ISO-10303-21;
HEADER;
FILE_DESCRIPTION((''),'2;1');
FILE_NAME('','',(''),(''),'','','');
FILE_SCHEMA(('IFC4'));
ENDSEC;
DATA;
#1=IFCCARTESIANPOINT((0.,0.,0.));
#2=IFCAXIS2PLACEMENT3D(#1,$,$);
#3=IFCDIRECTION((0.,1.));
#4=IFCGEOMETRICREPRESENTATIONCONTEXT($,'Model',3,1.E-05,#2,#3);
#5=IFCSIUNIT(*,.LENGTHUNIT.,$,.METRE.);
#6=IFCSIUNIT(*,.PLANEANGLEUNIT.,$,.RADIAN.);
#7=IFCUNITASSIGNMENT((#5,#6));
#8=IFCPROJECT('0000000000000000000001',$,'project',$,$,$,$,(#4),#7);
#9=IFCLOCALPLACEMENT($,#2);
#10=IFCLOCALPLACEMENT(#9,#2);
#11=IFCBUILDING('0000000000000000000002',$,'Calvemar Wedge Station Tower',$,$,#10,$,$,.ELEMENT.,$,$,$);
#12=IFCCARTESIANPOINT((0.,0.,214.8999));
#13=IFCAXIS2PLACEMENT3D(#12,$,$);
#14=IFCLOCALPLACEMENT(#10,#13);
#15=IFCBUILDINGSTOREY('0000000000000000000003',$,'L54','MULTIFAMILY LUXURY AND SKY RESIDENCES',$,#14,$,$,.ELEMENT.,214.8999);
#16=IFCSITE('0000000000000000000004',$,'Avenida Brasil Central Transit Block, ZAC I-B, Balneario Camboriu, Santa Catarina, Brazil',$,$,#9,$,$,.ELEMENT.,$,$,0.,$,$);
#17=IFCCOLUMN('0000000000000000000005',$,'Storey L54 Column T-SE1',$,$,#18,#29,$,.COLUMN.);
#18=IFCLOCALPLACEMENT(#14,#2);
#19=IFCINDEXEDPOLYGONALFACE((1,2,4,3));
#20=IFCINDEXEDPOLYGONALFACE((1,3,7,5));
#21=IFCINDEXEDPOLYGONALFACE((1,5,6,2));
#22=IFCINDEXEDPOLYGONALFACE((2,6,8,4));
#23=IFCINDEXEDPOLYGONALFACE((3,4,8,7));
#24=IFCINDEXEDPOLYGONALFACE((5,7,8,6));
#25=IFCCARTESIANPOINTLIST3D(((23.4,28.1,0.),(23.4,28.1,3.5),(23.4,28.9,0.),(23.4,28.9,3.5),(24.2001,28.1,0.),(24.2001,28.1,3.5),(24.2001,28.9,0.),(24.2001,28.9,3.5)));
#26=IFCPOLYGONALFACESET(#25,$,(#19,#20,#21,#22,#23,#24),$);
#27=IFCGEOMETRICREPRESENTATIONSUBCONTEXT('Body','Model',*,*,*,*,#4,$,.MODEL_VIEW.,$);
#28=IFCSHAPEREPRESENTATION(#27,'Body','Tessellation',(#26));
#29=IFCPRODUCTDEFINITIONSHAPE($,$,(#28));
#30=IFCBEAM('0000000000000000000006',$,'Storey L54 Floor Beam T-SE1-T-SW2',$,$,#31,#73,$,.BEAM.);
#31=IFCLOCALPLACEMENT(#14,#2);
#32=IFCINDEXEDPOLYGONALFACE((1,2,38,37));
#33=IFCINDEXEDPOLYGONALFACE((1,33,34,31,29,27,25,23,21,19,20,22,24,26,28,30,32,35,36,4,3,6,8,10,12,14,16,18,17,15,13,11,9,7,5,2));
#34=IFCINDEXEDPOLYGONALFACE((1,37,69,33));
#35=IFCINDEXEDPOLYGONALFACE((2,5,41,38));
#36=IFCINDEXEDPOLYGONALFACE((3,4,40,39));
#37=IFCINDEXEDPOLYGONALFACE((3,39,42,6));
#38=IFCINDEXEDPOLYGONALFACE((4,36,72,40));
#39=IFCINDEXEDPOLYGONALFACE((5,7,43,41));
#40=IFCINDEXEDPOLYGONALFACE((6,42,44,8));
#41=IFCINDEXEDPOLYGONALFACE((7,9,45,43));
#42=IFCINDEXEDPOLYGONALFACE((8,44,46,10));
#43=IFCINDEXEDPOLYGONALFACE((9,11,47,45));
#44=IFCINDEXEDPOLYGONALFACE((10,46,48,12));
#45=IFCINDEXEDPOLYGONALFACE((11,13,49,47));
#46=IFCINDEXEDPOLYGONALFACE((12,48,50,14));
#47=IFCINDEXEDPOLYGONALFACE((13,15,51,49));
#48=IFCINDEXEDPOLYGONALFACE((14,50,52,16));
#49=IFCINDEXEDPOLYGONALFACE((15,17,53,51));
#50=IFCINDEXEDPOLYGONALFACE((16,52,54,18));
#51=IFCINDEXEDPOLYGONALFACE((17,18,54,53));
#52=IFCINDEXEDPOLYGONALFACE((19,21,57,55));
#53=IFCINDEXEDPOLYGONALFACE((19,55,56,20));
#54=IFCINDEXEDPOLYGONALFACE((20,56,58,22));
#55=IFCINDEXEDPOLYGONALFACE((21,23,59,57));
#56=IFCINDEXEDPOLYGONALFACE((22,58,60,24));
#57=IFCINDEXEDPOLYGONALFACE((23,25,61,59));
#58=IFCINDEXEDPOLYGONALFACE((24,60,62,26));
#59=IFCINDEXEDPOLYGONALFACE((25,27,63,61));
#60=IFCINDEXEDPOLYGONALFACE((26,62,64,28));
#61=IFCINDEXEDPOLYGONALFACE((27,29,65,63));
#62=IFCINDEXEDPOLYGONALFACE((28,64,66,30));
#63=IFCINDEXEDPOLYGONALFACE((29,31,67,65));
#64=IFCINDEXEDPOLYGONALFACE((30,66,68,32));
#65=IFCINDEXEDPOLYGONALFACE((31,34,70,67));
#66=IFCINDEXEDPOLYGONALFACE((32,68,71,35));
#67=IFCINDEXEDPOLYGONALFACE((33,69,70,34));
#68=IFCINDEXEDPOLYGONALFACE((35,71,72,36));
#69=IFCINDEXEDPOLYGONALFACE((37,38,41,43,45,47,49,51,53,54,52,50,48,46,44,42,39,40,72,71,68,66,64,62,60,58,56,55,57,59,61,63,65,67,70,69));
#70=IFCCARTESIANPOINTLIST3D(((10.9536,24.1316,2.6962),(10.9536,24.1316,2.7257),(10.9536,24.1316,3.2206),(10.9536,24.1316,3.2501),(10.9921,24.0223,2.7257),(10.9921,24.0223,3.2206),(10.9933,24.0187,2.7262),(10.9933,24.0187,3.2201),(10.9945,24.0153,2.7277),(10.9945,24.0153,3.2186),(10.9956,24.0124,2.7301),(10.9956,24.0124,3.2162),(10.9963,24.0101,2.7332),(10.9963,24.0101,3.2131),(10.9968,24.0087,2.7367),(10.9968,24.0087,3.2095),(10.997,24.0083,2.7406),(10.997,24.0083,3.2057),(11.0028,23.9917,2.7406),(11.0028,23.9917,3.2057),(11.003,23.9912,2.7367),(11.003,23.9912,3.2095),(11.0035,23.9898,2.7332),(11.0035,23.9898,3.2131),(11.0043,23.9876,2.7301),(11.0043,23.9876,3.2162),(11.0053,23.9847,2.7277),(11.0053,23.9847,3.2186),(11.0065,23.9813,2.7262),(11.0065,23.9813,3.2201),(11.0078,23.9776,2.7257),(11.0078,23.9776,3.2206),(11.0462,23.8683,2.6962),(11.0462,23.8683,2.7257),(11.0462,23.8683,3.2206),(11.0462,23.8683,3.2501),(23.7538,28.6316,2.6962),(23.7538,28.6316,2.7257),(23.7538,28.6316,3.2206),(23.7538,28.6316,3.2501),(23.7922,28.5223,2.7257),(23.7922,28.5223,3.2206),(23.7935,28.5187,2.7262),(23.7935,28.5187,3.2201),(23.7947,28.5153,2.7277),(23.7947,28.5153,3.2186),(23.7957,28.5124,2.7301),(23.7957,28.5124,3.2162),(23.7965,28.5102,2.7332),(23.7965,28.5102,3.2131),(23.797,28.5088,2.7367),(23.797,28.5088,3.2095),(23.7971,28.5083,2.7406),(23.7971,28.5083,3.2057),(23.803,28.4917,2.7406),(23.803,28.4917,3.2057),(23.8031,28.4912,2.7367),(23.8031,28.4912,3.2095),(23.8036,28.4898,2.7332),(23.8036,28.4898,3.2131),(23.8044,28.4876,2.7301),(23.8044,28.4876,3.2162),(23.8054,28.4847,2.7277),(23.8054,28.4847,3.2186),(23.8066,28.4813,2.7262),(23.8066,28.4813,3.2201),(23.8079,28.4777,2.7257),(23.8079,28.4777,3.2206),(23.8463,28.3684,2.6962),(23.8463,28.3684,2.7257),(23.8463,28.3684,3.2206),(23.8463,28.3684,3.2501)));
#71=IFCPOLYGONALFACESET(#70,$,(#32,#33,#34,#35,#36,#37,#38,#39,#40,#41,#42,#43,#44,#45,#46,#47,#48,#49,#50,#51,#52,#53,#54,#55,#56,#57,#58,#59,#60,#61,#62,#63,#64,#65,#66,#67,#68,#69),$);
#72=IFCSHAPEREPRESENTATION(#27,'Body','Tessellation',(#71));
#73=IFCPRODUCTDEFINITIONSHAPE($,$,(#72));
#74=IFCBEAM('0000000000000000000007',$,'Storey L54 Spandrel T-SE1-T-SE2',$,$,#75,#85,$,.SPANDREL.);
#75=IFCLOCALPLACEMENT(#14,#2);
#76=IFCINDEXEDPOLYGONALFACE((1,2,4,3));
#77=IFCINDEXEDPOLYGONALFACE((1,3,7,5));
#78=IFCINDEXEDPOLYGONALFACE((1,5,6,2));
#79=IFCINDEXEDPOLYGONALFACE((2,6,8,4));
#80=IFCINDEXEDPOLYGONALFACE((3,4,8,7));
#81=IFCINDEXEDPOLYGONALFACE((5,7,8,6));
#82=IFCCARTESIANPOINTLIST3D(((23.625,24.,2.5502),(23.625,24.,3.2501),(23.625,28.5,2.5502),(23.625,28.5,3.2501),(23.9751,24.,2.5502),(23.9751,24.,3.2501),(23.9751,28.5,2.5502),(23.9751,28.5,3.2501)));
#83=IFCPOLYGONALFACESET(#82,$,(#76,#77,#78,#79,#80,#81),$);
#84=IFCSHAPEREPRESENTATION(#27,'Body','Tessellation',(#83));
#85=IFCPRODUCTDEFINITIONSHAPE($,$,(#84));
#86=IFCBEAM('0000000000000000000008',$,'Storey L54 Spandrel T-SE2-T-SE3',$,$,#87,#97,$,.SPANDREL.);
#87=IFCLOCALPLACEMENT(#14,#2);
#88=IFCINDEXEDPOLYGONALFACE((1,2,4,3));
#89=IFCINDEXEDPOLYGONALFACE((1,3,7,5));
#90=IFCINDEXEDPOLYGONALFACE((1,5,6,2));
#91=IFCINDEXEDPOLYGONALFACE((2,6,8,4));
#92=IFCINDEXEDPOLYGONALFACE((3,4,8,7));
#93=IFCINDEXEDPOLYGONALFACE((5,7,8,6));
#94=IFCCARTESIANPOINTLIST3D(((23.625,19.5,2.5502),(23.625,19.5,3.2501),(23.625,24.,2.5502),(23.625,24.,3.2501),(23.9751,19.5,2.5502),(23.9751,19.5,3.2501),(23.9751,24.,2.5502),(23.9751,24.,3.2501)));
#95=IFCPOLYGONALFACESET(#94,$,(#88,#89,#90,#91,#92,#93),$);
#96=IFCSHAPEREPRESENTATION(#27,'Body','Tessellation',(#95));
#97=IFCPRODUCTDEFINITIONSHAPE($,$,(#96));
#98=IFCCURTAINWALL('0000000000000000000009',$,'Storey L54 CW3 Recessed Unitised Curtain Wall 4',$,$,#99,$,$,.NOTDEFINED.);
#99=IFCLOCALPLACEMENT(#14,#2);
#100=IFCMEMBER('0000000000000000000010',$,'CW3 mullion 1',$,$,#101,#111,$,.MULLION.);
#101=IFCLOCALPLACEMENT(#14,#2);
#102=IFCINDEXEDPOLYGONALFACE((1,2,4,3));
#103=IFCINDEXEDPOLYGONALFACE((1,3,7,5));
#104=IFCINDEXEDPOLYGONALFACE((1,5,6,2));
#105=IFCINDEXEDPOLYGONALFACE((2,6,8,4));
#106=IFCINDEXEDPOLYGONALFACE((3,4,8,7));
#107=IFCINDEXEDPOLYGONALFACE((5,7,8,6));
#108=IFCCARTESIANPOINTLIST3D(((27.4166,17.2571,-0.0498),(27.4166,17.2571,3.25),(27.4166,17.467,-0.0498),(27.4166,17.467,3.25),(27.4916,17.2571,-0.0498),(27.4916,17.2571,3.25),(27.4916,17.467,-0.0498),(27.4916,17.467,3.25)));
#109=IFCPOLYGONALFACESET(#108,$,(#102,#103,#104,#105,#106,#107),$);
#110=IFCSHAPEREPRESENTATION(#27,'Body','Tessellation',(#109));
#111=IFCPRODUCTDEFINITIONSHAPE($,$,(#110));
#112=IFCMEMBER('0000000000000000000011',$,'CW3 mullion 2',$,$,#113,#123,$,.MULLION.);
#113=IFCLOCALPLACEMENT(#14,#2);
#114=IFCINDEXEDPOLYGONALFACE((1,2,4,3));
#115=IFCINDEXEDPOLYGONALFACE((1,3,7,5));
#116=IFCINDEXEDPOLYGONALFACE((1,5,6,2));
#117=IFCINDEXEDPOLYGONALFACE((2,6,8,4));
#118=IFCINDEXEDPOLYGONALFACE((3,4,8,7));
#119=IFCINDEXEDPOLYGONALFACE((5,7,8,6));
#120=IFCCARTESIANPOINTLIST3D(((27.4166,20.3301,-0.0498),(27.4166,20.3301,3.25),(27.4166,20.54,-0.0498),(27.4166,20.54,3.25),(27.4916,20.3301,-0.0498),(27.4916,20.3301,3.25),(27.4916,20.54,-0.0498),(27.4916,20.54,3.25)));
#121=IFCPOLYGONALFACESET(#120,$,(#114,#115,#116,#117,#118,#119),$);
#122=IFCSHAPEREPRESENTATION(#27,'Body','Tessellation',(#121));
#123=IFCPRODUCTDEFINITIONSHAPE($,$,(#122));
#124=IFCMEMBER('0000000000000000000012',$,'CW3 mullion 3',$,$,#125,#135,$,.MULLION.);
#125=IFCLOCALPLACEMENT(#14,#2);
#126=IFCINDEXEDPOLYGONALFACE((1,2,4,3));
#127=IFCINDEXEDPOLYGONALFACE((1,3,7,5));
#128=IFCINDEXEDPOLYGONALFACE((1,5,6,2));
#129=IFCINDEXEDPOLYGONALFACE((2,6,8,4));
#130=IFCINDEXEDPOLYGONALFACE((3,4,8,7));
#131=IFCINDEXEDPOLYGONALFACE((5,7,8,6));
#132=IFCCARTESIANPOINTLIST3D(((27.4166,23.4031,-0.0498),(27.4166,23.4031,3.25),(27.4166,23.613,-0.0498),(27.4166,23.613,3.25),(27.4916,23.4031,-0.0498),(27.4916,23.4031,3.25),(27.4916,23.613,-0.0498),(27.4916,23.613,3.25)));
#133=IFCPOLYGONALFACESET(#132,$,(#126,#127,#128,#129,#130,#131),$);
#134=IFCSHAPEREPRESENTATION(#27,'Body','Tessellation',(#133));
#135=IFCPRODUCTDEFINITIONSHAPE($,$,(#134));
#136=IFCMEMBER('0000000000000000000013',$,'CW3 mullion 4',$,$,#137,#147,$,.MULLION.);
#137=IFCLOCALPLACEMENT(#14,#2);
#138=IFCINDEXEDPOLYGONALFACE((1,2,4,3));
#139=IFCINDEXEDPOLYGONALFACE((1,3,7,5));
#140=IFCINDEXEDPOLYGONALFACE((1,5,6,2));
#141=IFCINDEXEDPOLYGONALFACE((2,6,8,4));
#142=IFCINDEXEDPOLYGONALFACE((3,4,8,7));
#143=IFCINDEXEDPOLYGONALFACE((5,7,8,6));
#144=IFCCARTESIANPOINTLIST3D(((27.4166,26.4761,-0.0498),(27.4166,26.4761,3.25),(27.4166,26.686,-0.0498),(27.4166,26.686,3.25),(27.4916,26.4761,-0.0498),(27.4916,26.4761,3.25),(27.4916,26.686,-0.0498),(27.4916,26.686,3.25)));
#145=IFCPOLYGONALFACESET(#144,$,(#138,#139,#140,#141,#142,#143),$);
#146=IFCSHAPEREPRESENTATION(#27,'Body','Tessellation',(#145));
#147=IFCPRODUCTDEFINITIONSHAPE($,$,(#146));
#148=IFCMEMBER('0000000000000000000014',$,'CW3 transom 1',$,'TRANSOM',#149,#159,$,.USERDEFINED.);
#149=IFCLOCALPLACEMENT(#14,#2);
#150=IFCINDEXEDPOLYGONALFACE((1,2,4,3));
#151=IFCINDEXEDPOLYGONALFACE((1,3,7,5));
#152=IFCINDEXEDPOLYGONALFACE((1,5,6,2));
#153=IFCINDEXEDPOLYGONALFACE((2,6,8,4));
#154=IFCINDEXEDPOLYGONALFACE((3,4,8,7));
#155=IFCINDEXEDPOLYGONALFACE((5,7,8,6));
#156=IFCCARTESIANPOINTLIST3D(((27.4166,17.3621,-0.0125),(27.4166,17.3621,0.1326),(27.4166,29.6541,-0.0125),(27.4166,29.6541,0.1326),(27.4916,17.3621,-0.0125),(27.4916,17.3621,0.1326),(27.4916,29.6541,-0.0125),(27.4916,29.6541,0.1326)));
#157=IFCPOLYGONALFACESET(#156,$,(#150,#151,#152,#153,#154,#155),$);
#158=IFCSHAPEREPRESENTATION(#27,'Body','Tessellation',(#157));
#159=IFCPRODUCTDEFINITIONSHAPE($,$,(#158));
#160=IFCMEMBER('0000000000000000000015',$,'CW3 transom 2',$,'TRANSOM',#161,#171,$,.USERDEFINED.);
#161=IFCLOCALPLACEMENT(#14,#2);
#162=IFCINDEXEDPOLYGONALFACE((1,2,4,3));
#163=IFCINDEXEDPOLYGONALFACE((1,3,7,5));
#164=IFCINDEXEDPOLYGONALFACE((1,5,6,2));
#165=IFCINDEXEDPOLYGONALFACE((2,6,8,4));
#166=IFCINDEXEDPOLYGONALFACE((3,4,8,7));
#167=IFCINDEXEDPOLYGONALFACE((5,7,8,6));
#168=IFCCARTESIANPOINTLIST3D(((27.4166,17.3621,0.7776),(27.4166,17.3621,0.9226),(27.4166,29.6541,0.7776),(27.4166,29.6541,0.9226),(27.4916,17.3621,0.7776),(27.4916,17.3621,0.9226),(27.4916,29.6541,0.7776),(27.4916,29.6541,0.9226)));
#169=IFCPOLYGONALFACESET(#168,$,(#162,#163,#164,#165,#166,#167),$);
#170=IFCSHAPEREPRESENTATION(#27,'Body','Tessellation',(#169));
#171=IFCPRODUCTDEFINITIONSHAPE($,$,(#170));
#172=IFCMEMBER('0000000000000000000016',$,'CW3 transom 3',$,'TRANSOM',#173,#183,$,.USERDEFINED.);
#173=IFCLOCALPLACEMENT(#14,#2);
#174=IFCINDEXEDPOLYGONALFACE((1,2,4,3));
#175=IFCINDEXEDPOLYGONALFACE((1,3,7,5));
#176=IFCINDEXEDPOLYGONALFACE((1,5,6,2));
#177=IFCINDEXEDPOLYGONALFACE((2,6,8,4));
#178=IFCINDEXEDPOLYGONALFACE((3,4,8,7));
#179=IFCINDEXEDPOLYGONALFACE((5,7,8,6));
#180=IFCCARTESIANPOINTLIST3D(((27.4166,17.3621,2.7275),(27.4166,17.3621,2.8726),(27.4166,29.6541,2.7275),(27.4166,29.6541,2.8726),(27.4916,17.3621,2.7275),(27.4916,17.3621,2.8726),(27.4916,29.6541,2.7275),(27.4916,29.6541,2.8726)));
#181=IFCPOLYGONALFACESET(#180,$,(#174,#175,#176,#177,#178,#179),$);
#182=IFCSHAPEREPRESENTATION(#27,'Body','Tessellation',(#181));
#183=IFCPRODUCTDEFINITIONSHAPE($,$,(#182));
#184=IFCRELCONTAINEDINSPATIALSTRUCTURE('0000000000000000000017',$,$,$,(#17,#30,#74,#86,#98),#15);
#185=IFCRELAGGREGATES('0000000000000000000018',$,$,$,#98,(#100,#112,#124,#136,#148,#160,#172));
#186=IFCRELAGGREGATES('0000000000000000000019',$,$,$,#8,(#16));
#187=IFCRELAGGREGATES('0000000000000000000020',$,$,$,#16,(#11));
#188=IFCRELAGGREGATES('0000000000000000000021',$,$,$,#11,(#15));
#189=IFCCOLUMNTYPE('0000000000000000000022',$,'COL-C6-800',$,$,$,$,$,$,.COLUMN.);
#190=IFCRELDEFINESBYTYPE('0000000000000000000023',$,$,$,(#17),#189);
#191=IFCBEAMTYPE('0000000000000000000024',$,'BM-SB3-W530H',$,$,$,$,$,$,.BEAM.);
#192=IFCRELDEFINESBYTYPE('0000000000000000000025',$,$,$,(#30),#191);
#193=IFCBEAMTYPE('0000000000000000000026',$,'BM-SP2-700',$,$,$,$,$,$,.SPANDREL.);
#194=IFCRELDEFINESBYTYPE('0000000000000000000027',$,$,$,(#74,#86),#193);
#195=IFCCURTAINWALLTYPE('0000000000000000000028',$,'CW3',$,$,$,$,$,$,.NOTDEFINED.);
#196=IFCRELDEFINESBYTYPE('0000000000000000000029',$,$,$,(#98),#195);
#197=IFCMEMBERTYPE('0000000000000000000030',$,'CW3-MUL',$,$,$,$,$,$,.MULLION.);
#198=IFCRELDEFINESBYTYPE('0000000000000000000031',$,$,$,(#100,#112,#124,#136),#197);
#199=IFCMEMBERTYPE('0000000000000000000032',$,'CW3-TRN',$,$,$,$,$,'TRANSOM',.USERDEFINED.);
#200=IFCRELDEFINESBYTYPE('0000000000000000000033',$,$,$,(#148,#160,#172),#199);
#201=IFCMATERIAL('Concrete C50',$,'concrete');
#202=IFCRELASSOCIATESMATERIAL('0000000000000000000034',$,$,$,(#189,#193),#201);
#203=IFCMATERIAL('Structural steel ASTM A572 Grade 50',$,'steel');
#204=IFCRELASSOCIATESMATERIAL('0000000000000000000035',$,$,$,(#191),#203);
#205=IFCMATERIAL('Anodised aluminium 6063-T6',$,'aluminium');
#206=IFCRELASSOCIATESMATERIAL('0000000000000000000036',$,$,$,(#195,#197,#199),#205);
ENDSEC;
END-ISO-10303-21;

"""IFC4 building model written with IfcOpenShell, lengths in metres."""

from ifc_helpers import new_model, si_unit, direction, frame, origin, origin_2d, place, context, subcontext, project, spatial, rectangle, i_section, extrude, source, transform, mapped, material, material_profile, profile_set, type_object, element, aggregate, save


model = new_model("IFC4")

# Units and contexts
model_context = context("Model", 3, precision=1e-05, world=origin(), true_north=direction((0.0, 1.0)))
body_context = subcontext(model_context, "Body", "Model", "MODEL_VIEW")
ifc_project = project(units=[si_unit("LENGTHUNIT", "METRE"), si_unit("PLANEANGLEUNIT", "RADIAN")], contexts=[model_context])

# Site, building, storey
site_placement = place(None, origin())
site = spatial("IfcSite", under=ifc_project, at=site_placement, Name="Avenida Brasil Central Transit Block, ZAC I-B, Balneario Camboriu, Santa Catarina, Brazil", CompositionType="ELEMENT", RefElevation=0.0)
building_placement = place(site_placement, origin())
building = spatial("IfcBuilding", under=site, at=building_placement, Name="Calvemar Wedge Station Tower", CompositionType="ELEMENT")
storey_placement = place(building_placement, frame((0.0, 0.0, 214.8999)))
storey = spatial("IfcBuildingStorey", under=building, at=storey_placement, Name="L54", Description="MULTIFAMILY LUXURY AND SKY RESIDENCES", CompositionType="ELEMENT", Elevation=214.8999)

# Column
ifc_material_1 = material(Name="Concrete C50", Category="concrete")
ifc_material_profile_1 = material_profile(ifc_material_1, rectangle(XDim=0.8, YDim=0.8, at=origin_2d()), Name="RC800x800")
ifc_profile_set_1 = profile_set([ifc_material_profile_1], Name="Concrete C50")
column_type = type_object("IfcColumnType", Name="COL-C6-800", PredefinedType="COLUMN", material=ifc_profile_set_1)
shared_shape_1 = source(origin(), body_context, "Body", "SweptSolid", [
    extrude(rectangle(XDim=0.8, YDim=0.8, at=origin_2d()), origin(), (0.0, 0.0, 1.0), 3.5),
])
column_placement = place(storey_placement, frame((23.8, 28.5, 0.0), z_axis=(0.0, 0.0, 1.0), x_axis=(1.0, 0.0, 0.0)))
element("IfcColumn", 1, at=column_placement, inside=storey, type_object=column_type, Name="Storey L54 Column T-SE1", PredefinedType="COLUMN", context=body_context, shape_type="MappedRepresentation", body=[
    mapped(shared_shape_1, transform((0.0, 0.0, 0.0), scale=1.0)),
])

# Beams
ifc_material_2 = material(Name="Structural steel ASTM A572 Grade 50", Category="steel")
ifc_material_profile_2 = material_profile(ifc_material_2, i_section(OverallWidth=0.2791, OverallDepth=0.554, WebThickness=0.0176, FlangeThickness=0.0295, FilletRadius=0.0149, at=origin_2d()), Name="W530x196")
ifc_profile_set_2 = profile_set([ifc_material_profile_2], Name="Structural steel ASTM A572 Grade 50")
beam_type_1 = type_object("IfcBeamType", Name="BM-SB3-W530H", PredefinedType="BEAM", material=ifc_profile_set_2)
shared_shape_2 = source(origin(), body_context, "Body", "SweptSolid", [
    extrude(i_section(OverallWidth=0.2791, OverallDepth=0.554, WebThickness=0.0176, FlangeThickness=0.0295, FilletRadius=0.0149, at=origin_2d()), origin(), (0.0, 0.0, 1.0), 13.5681),
])
beam_placement = place(storey_placement, frame((23.8, 28.5, 2.9731), z_axis=(-0.943398, -0.331662, 0.0), x_axis=(0.331662, -0.943398, 0.0)))
element("IfcBeam", 2, at=beam_placement, inside=storey, type_object=beam_type_1, Name="Storey L54 Floor Beam T-SE1-T-SW2", PredefinedType="BEAM", context=body_context, shape_type="MappedRepresentation", body=[
    mapped(shared_shape_2, transform((0.0, 0.0, 0.0), scale=1.0)),
])
ifc_material_profile_3 = material_profile(ifc_material_1, rectangle(XDim=0.3501, YDim=0.7, at=origin_2d()), Name="RC350x700")
ifc_profile_set_3 = profile_set([ifc_material_profile_3], Name="Concrete C50")
beam_type_2 = type_object("IfcBeamType", Name="BM-SP2-700", PredefinedType="SPANDREL", material=ifc_profile_set_3)
shared_shape_3 = source(origin(), body_context, "Body", "SweptSolid", [
    extrude(rectangle(XDim=0.3501, YDim=0.7, at=origin_2d()), origin(), (0.0, 0.0, 1.0), 4.5),
])
for number, where, z_axis, x_axis, name in (
    (3, (23.8, 28.5, 2.9001), (0.0, -1.0, 0.0), (1.0, 0.0, 0.0), "Storey L54 Spandrel T-SE1-T-SE2"),
    (4, (23.8, 24.0, 2.9001), (0.0, -1.0, 0.0), (1.0, 0.0, 0.0), "Storey L54 Spandrel T-SE2-T-SE3"),
):
    element("IfcBeam", number, at=place(storey_placement, frame(where, z_axis=z_axis, x_axis=x_axis)), inside=storey, type_object=beam_type_2, Name=name, PredefinedType="SPANDREL", context=body_context, shape_type="MappedRepresentation", body=[
        mapped(shared_shape_3, transform((0.0, 0.0, 0.0), scale=1.0)),
    ])

# Curtain wall, members
ifc_material_3 = material(Name="Anodised aluminium 6063-T6", Category="aluminium")
curtain_wall_type = type_object("IfcCurtainWallType", Name="CW3", PredefinedType="NOTDEFINED", material=ifc_material_3)
curtain_wall_placement = place(storey_placement, origin())
curtain_wall = element("IfcCurtainWall", 5, at=curtain_wall_placement, inside=storey, type_object=curtain_wall_type, Name="Storey L54 CW3 Recessed Unitised Curtain Wall 4", PredefinedType="NOTDEFINED")
ifc_material_profile_4 = material_profile(ifc_material_3, rectangle(XDim=0.075, YDim=0.21, at=origin_2d()), Name="AL-MUL-75x210")
ifc_profile_set_4 = profile_set([ifc_material_profile_4], Name="Anodised aluminium 6063-T6")
member_type_1 = type_object("IfcMemberType", Name="CW3-MUL", PredefinedType="MULLION", material=ifc_profile_set_4)
shared_shape_4 = source(origin(), body_context, "Body", "SweptSolid", [
    extrude(rectangle(XDim=0.075, YDim=0.21, at=origin_2d()), origin(), (0.0, 0.0, 1.0), 3.2998),
])
member_1_placement = place(storey_placement, frame((27.4541, 17.3621, -0.0498), z_axis=(0.0, 0.0, 1.0), x_axis=(1.0, 0.0, 0.0)))
member_1 = element("IfcMember", 6, at=member_1_placement, type_object=member_type_1, Name="CW3 mullion 1", PredefinedType="MULLION", context=body_context, shape_type="MappedRepresentation", body=[
    mapped(shared_shape_4, transform((0.0, 0.0, 0.0), scale=1.0)),
])
member_2_placement = place(storey_placement, frame((27.4541, 20.4351, -0.0498), z_axis=(0.0, 0.0, 1.0), x_axis=(1.0, 0.0, 0.0)))
member_2 = element("IfcMember", 7, at=member_2_placement, type_object=member_type_1, Name="CW3 mullion 2", PredefinedType="MULLION", context=body_context, shape_type="MappedRepresentation", body=[
    mapped(shared_shape_4, transform((0.0, 0.0, 0.0), scale=1.0)),
])
member_3_placement = place(storey_placement, frame((27.4541, 23.5081, -0.0498), z_axis=(0.0, 0.0, 1.0), x_axis=(1.0, 0.0, 0.0)))
member_3 = element("IfcMember", 8, at=member_3_placement, type_object=member_type_1, Name="CW3 mullion 3", PredefinedType="MULLION", context=body_context, shape_type="MappedRepresentation", body=[
    mapped(shared_shape_4, transform((0.0, 0.0, 0.0), scale=1.0)),
])
member_4_placement = place(storey_placement, frame((27.4541, 26.5811, -0.0498), z_axis=(0.0, 0.0, 1.0), x_axis=(1.0, 0.0, 0.0)))
member_4 = element("IfcMember", 9, at=member_4_placement, type_object=member_type_1, Name="CW3 mullion 4", PredefinedType="MULLION", context=body_context, shape_type="MappedRepresentation", body=[
    mapped(shared_shape_4, transform((0.0, 0.0, 0.0), scale=1.0)),
])
ifc_material_profile_5 = material_profile(ifc_material_3, rectangle(XDim=0.075, YDim=0.145, at=origin_2d()), Name="AL-TRN-75x145")
ifc_profile_set_5 = profile_set([ifc_material_profile_5], Name="Anodised aluminium 6063-T6")
member_type_2 = type_object("IfcMemberType", Name="CW3-TRN", ElementType="TRANSOM", PredefinedType="USERDEFINED", material=ifc_profile_set_5)
shared_shape_5 = source(origin(), body_context, "Body", "SweptSolid", [
    extrude(rectangle(XDim=0.075, YDim=0.145, at=origin_2d()), origin(), (0.0, 0.0, 1.0), 12.292),
])
member_5_placement = place(storey_placement, frame((27.4541, 17.3621, 0.0601), z_axis=(0.0, 1.0, 0.0), x_axis=(-1.0, 0.0, 0.0)))
member_5 = element("IfcMember", 10, at=member_5_placement, type_object=member_type_2, Name="CW3 transom 1", ObjectType="TRANSOM", PredefinedType="USERDEFINED", context=body_context, shape_type="MappedRepresentation", body=[
    mapped(shared_shape_5, transform((0.0, 0.0, 0.0), scale=1.0)),
])
member_6_placement = place(storey_placement, frame((27.4541, 17.3621, 0.8501), z_axis=(0.0, 1.0, 0.0), x_axis=(-1.0, 0.0, 0.0)))
member_6 = element("IfcMember", 11, at=member_6_placement, type_object=member_type_2, Name="CW3 transom 2", ObjectType="TRANSOM", PredefinedType="USERDEFINED", context=body_context, shape_type="MappedRepresentation", body=[
    mapped(shared_shape_5, transform((0.0, 0.0, 0.0), scale=1.0)),
])
member_7_placement = place(storey_placement, frame((27.4541, 17.3621, 2.8), z_axis=(0.0, 1.0, 0.0), x_axis=(-1.0, 0.0, 0.0)))
member_7 = element("IfcMember", 12, at=member_7_placement, type_object=member_type_2, Name="CW3 transom 3", ObjectType="TRANSOM", PredefinedType="USERDEFINED", context=body_context, shape_type="MappedRepresentation", body=[
    mapped(shared_shape_5, transform((0.0, 0.0, 0.0), scale=1.0)),
])
aggregate(curtain_wall, [member_1, member_2, member_3, member_4, member_5, member_6, member_7])

save(model, "model.ifc")
